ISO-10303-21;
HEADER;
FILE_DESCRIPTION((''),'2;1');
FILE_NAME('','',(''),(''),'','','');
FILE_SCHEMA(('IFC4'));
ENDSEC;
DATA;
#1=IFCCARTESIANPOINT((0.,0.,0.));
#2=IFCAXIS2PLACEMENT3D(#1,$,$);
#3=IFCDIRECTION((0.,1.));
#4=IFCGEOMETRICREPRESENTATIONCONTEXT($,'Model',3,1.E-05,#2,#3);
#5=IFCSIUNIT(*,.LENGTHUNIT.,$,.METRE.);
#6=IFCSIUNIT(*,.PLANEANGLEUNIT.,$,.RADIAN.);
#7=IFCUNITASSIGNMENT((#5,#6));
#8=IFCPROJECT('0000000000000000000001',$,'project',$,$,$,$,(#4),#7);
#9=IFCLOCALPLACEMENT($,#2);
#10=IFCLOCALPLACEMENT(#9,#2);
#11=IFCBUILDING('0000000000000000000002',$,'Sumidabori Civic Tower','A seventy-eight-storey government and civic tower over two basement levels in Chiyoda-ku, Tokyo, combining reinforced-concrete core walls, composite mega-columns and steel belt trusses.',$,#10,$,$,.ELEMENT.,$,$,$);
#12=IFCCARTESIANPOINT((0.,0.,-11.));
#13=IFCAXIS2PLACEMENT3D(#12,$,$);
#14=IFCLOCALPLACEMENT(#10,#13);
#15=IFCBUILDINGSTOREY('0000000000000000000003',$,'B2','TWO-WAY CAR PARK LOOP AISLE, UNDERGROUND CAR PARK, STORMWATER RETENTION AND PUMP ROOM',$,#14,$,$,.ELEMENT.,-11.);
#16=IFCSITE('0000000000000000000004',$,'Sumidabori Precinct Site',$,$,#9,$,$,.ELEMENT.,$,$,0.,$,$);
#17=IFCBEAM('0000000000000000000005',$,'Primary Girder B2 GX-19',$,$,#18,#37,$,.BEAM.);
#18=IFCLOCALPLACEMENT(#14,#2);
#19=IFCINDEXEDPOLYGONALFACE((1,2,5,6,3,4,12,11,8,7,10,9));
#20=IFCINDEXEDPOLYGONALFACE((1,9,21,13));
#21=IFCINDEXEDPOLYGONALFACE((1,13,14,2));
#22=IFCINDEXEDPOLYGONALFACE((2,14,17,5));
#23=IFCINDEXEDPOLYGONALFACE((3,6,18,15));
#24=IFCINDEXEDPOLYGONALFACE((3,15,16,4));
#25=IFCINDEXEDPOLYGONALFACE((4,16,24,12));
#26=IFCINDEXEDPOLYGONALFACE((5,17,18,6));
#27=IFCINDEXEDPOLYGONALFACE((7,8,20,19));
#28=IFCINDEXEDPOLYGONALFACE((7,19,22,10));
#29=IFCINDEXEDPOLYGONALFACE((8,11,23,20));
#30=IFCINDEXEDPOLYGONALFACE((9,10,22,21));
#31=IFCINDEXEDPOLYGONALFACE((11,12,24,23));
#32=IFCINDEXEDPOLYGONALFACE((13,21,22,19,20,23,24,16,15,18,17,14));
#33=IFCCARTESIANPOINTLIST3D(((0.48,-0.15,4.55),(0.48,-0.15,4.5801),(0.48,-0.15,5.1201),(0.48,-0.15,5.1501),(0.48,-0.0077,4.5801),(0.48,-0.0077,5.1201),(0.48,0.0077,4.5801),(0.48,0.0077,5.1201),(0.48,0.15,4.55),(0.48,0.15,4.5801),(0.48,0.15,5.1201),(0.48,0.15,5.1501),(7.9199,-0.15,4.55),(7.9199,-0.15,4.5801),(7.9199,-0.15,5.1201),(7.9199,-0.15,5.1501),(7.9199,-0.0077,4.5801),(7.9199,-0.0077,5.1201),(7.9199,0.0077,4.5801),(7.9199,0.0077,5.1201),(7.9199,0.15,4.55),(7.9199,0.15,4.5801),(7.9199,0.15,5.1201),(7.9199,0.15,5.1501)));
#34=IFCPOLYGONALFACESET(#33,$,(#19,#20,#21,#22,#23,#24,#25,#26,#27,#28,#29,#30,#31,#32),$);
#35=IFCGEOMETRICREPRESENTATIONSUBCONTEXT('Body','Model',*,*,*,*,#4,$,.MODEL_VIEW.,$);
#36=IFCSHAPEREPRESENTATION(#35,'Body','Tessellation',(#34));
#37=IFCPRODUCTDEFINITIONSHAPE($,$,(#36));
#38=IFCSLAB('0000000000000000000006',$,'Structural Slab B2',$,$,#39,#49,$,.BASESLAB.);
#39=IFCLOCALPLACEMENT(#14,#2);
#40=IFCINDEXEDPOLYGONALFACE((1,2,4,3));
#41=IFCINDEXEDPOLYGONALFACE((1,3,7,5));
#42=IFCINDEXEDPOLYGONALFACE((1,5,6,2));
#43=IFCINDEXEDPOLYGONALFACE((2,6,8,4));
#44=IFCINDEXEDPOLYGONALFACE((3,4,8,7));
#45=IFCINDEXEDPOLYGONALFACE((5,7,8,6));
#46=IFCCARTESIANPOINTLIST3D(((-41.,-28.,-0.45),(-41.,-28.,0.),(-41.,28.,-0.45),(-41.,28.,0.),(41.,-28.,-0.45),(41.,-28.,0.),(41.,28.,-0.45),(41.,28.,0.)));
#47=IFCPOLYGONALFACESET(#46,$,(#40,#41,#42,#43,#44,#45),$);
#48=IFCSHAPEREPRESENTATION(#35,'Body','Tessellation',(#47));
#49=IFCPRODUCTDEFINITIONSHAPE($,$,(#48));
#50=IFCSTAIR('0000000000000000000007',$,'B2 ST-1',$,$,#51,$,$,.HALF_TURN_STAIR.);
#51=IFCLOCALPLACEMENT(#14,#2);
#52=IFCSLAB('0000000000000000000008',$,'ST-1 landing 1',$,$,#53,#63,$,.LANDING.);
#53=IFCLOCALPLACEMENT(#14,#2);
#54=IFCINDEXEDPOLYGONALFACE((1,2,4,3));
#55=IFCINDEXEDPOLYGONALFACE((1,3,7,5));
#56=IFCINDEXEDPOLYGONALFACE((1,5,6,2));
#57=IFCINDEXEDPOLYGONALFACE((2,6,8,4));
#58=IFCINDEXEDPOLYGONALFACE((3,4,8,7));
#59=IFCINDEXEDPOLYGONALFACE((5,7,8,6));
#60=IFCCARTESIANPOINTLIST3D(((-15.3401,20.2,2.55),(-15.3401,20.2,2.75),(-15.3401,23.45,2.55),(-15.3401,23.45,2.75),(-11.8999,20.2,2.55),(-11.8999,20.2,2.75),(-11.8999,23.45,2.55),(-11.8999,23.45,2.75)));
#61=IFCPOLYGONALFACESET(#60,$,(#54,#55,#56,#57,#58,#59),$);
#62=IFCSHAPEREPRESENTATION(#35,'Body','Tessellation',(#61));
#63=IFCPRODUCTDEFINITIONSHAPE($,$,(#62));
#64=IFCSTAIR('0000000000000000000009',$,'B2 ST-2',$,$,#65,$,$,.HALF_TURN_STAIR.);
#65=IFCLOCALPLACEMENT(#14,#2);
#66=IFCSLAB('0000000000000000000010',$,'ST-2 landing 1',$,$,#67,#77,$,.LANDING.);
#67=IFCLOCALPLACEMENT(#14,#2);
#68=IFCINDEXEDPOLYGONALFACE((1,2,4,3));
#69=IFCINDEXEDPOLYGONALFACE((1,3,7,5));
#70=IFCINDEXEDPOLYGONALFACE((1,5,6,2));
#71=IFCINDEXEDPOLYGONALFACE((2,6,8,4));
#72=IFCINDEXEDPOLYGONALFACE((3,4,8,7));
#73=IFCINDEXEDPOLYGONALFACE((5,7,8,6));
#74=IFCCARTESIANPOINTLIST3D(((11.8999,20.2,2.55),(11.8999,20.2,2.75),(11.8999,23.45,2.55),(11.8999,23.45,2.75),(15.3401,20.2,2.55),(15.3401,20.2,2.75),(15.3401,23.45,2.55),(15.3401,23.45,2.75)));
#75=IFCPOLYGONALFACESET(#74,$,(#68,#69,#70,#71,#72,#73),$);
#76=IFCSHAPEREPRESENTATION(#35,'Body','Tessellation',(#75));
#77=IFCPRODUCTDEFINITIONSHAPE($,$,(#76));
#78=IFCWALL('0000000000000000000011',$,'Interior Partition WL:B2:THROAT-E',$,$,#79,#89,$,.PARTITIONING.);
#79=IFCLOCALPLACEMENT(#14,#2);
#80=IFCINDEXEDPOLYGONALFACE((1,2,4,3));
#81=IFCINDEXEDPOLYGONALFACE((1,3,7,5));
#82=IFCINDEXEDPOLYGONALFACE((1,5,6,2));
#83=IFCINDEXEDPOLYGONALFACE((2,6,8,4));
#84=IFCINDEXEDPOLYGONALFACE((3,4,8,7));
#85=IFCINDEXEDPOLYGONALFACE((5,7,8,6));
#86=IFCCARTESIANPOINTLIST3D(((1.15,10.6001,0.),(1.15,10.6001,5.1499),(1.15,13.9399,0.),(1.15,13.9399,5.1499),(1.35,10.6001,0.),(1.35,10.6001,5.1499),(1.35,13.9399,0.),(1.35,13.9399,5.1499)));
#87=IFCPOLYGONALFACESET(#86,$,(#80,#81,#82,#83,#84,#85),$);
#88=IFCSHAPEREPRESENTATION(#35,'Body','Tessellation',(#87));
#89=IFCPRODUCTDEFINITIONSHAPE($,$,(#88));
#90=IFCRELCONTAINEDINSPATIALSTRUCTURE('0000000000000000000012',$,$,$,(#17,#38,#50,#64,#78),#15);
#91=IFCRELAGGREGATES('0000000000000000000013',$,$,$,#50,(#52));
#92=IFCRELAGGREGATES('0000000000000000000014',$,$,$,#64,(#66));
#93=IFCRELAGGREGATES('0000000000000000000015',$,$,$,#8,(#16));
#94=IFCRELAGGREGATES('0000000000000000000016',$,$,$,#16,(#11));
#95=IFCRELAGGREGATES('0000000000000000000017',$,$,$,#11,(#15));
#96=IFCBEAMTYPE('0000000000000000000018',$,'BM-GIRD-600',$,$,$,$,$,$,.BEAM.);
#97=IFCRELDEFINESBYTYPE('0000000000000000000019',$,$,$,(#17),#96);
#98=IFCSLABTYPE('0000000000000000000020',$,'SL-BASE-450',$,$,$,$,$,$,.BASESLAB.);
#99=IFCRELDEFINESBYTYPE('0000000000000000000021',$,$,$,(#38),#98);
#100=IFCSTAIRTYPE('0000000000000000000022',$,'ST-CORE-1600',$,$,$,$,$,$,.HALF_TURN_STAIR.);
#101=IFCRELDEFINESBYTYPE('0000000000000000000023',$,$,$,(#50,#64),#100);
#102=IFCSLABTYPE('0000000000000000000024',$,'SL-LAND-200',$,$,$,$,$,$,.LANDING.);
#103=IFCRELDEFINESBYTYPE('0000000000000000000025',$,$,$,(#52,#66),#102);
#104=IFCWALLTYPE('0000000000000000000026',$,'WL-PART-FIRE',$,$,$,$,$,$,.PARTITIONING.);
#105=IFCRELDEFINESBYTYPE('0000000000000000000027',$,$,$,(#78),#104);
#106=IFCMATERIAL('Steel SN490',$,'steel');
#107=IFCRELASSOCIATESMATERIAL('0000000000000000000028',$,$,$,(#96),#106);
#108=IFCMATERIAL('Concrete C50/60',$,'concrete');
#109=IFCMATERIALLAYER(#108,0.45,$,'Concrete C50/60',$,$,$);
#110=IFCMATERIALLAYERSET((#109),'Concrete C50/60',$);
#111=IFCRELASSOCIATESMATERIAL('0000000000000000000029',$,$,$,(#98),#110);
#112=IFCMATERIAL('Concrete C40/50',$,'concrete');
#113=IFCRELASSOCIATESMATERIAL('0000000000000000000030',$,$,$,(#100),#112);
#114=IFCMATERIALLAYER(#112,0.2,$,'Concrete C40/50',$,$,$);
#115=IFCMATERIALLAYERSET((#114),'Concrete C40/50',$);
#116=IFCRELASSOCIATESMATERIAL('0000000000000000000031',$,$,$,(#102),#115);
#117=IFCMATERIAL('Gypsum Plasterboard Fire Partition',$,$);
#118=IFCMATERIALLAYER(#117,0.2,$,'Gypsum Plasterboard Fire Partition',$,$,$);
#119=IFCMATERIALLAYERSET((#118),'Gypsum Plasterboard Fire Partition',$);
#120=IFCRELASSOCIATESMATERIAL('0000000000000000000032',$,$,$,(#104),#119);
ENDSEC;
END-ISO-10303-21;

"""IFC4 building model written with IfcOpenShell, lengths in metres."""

from ifc_helpers import new_model, si_unit, direction, frame, frame_2d, origin, origin_2d, place, context, subcontext, project, spatial, polyline, rectangle, i_section, outline, extrude, source, transform, mapped, material, layer, layer_set, material_profile, profile_set, type_object, element, aggregate, save


model = new_model("IFC4")

# Units and contexts
model_context = context("Model", 3, precision=1e-05, world=origin(), true_north=direction((0.0, 1.0)))
body_context = subcontext(model_context, "Body", "Model", "MODEL_VIEW")
ifc_project = project(units=[si_unit("LENGTHUNIT", "METRE"), si_unit("PLANEANGLEUNIT", "RADIAN")], contexts=[model_context])

# Site, building, storey
site_placement = place(None, origin())
site = spatial("IfcSite", under=ifc_project, at=site_placement, Name="Sumidabori Precinct Site", CompositionType="ELEMENT", RefElevation=0.0)
building_placement = place(site_placement, origin())
building = spatial("IfcBuilding", under=site, at=building_placement, Name="Sumidabori Civic Tower", Description="A seventy-eight-storey government and civic tower over two basement levels in Chiyoda-ku, Tokyo, combining reinforced-concrete core walls, composite mega-columns and steel belt trusses.", CompositionType="ELEMENT")
storey_placement = place(building_placement, frame((0.0, 0.0, -11.0)))
storey = spatial("IfcBuildingStorey", under=building, at=storey_placement, Name="B2", Description="TWO-WAY CAR PARK LOOP AISLE, UNDERGROUND CAR PARK, STORMWATER RETENTION AND PUMP ROOM", CompositionType="ELEMENT", Elevation=-11.0)

# Shared definitions
ifc_material_1 = material(Name="Concrete C50/60", Category="concrete")

# Beam
ifc_material_2 = material(Name="Steel SN490", Category="steel")
ifc_material_profile_1 = material_profile(ifc_material_2, i_section(OverallWidth=0.3, OverallDepth=0.6001, WebThickness=0.0154, FlangeThickness=0.03, at=origin_2d()), Name="HE 600 B")
ifc_profile_set_1 = profile_set([ifc_material_profile_1], Name="Steel SN490")
beam_type = type_object("IfcBeamType", Name="BM-GIRD-600", PredefinedType="BEAM", material=ifc_profile_set_1)
shared_shape_1 = source(origin(), body_context, "Body", "SweptSolid", [
    extrude(i_section(OverallWidth=0.3, OverallDepth=0.6001, WebThickness=0.0154, FlangeThickness=0.03, at=origin_2d()), origin(), (0.0, 0.0, 1.0), 7.4399),
])
beam_1_placement = place(storey_placement, frame((0.48, 0.0, 4.8501), z_axis=(1.0, 0.0, 0.0), x_axis=(0.0, 1.0, 0.0)))
element("IfcBeam", 1, at=beam_1_placement, inside=storey, type_object=beam_type, Name="Primary Girder B2 GX-19", PredefinedType="BEAM", context=body_context, shape_type="MappedRepresentation", body=[
    mapped(shared_shape_1, transform((0.0, 0.0, 0.0), x_axis=(1.0, 0.0, 0.0), y_axis=(0.0, 1.0, 0.0), z_axis=(0.0, 0.0, 1.0), scale=1.0)),
])

# Slab
ifc_layer_1 = layer(ifc_material_1, 0.45, Name="Concrete C50/60")
ifc_layer_set_1 = layer_set([ifc_layer_1], Name="Concrete C50/60")
slab_type_1 = type_object("IfcSlabType", Name="SL-BASE-450", PredefinedType="BASESLAB", material=ifc_layer_set_1)
slab_1_placement = place(storey_placement, frame((0.0, 0.0, -0.45)))
element("IfcSlab", 2, at=slab_1_placement, inside=storey, type_object=slab_type_1, Name="Structural Slab B2", PredefinedType="BASESLAB", context=body_context, shape_type="SweptSolid", body=[
    extrude(outline(polyline([(-41.0, -28.0), (41.0, -28.0), (41.0, 28.0), (-41.0, 28.0), (-41.0, -28.0)])), origin(), (0.0, 0.0, 1.0), 0.45),
])

# Stairs, slabs
ifc_material_3 = material(Name="Concrete C40/50", Category="concrete")
stair_type = type_object("IfcStairType", Name="ST-CORE-1600", PredefinedType="HALF_TURN_STAIR", material=ifc_material_3)
stair_1_placement = place(storey_placement, origin())
stair_1 = element("IfcStair", 3, at=stair_1_placement, inside=storey, type_object=stair_type, Name="B2 ST-1", PredefinedType="HALF_TURN_STAIR")
ifc_layer_2 = layer(ifc_material_3, 0.2, Name="Concrete C40/50")
ifc_layer_set_2 = layer_set([ifc_layer_2], Name="Concrete C40/50")
slab_type_2 = type_object("IfcSlabType", Name="SL-LAND-200", PredefinedType="LANDING", material=ifc_layer_set_2)
slab_2_placement = place(storey_placement, frame((0.0, 0.0, 2.55)))
slab_2 = element("IfcSlab", 4, at=slab_2_placement, type_object=slab_type_2, Name="ST-1 landing 1", PredefinedType="LANDING", context=body_context, shape_type="SweptSolid", body=[
    extrude(outline(polyline([(-11.8999, 20.2), (-11.8999, 23.45), (-15.3401, 23.45), (-15.3401, 20.2), (-11.8999, 20.2)])), origin(), (0.0, 0.0, 1.0), 0.2),
])
aggregate(stair_1, [slab_2])
stair_2_placement = place(storey_placement, origin())
stair_2 = element("IfcStair", 5, at=stair_2_placement, inside=storey, type_object=stair_type, Name="B2 ST-2", PredefinedType="HALF_TURN_STAIR")
slab_3_placement = place(storey_placement, frame((0.0, 0.0, 2.55)))
slab_3 = element("IfcSlab", 6, at=slab_3_placement, type_object=slab_type_2, Name="ST-2 landing 1", PredefinedType="LANDING", context=body_context, shape_type="SweptSolid", body=[
    extrude(outline(polyline([(15.3401, 20.2), (15.3401, 23.45), (11.8999, 23.45), (11.8999, 20.2), (15.3401, 20.2)])), origin(), (0.0, 0.0, 1.0), 0.2),
])
aggregate(stair_2, [slab_3])

# Wall
ifc_material_4 = material(Name="Gypsum Plasterboard Fire Partition")
ifc_layer_3 = layer(ifc_material_4, 0.2, Name="Gypsum Plasterboard Fire Partition")
ifc_layer_set_3 = layer_set([ifc_layer_3], Name="Gypsum Plasterboard Fire Partition")
wall_type = type_object("IfcWallType", Name="WL-PART-FIRE", PredefinedType="PARTITIONING", material=ifc_layer_set_3)
shared_shape_2 = source(origin(), body_context, "Body", "SweptSolid", [
    extrude(rectangle(XDim=3.3398, YDim=0.2, at=frame_2d((1.6699, 0.0))), origin(), (0.0, 0.0, 1.0), 5.1499),
])
wall_placement = place(storey_placement, frame((1.25, 10.6001, 0.0), z_axis=(0.0, 0.0, 1.0), x_axis=(0.0, 1.0, 0.0)))
element("IfcWall", 7, at=wall_placement, inside=storey, type_object=wall_type, Name="Interior Partition WL:B2:THROAT-E", PredefinedType="PARTITIONING", context=body_context, shape_type="MappedRepresentation", body=[
    mapped(shared_shape_2, transform((0.0, 0.0, 0.0), x_axis=(1.0, 0.0, 0.0), y_axis=(0.0, 1.0, 0.0), z_axis=(0.0, 0.0, 1.0), scale=1.0)),
])

save(model, "model.ifc")
